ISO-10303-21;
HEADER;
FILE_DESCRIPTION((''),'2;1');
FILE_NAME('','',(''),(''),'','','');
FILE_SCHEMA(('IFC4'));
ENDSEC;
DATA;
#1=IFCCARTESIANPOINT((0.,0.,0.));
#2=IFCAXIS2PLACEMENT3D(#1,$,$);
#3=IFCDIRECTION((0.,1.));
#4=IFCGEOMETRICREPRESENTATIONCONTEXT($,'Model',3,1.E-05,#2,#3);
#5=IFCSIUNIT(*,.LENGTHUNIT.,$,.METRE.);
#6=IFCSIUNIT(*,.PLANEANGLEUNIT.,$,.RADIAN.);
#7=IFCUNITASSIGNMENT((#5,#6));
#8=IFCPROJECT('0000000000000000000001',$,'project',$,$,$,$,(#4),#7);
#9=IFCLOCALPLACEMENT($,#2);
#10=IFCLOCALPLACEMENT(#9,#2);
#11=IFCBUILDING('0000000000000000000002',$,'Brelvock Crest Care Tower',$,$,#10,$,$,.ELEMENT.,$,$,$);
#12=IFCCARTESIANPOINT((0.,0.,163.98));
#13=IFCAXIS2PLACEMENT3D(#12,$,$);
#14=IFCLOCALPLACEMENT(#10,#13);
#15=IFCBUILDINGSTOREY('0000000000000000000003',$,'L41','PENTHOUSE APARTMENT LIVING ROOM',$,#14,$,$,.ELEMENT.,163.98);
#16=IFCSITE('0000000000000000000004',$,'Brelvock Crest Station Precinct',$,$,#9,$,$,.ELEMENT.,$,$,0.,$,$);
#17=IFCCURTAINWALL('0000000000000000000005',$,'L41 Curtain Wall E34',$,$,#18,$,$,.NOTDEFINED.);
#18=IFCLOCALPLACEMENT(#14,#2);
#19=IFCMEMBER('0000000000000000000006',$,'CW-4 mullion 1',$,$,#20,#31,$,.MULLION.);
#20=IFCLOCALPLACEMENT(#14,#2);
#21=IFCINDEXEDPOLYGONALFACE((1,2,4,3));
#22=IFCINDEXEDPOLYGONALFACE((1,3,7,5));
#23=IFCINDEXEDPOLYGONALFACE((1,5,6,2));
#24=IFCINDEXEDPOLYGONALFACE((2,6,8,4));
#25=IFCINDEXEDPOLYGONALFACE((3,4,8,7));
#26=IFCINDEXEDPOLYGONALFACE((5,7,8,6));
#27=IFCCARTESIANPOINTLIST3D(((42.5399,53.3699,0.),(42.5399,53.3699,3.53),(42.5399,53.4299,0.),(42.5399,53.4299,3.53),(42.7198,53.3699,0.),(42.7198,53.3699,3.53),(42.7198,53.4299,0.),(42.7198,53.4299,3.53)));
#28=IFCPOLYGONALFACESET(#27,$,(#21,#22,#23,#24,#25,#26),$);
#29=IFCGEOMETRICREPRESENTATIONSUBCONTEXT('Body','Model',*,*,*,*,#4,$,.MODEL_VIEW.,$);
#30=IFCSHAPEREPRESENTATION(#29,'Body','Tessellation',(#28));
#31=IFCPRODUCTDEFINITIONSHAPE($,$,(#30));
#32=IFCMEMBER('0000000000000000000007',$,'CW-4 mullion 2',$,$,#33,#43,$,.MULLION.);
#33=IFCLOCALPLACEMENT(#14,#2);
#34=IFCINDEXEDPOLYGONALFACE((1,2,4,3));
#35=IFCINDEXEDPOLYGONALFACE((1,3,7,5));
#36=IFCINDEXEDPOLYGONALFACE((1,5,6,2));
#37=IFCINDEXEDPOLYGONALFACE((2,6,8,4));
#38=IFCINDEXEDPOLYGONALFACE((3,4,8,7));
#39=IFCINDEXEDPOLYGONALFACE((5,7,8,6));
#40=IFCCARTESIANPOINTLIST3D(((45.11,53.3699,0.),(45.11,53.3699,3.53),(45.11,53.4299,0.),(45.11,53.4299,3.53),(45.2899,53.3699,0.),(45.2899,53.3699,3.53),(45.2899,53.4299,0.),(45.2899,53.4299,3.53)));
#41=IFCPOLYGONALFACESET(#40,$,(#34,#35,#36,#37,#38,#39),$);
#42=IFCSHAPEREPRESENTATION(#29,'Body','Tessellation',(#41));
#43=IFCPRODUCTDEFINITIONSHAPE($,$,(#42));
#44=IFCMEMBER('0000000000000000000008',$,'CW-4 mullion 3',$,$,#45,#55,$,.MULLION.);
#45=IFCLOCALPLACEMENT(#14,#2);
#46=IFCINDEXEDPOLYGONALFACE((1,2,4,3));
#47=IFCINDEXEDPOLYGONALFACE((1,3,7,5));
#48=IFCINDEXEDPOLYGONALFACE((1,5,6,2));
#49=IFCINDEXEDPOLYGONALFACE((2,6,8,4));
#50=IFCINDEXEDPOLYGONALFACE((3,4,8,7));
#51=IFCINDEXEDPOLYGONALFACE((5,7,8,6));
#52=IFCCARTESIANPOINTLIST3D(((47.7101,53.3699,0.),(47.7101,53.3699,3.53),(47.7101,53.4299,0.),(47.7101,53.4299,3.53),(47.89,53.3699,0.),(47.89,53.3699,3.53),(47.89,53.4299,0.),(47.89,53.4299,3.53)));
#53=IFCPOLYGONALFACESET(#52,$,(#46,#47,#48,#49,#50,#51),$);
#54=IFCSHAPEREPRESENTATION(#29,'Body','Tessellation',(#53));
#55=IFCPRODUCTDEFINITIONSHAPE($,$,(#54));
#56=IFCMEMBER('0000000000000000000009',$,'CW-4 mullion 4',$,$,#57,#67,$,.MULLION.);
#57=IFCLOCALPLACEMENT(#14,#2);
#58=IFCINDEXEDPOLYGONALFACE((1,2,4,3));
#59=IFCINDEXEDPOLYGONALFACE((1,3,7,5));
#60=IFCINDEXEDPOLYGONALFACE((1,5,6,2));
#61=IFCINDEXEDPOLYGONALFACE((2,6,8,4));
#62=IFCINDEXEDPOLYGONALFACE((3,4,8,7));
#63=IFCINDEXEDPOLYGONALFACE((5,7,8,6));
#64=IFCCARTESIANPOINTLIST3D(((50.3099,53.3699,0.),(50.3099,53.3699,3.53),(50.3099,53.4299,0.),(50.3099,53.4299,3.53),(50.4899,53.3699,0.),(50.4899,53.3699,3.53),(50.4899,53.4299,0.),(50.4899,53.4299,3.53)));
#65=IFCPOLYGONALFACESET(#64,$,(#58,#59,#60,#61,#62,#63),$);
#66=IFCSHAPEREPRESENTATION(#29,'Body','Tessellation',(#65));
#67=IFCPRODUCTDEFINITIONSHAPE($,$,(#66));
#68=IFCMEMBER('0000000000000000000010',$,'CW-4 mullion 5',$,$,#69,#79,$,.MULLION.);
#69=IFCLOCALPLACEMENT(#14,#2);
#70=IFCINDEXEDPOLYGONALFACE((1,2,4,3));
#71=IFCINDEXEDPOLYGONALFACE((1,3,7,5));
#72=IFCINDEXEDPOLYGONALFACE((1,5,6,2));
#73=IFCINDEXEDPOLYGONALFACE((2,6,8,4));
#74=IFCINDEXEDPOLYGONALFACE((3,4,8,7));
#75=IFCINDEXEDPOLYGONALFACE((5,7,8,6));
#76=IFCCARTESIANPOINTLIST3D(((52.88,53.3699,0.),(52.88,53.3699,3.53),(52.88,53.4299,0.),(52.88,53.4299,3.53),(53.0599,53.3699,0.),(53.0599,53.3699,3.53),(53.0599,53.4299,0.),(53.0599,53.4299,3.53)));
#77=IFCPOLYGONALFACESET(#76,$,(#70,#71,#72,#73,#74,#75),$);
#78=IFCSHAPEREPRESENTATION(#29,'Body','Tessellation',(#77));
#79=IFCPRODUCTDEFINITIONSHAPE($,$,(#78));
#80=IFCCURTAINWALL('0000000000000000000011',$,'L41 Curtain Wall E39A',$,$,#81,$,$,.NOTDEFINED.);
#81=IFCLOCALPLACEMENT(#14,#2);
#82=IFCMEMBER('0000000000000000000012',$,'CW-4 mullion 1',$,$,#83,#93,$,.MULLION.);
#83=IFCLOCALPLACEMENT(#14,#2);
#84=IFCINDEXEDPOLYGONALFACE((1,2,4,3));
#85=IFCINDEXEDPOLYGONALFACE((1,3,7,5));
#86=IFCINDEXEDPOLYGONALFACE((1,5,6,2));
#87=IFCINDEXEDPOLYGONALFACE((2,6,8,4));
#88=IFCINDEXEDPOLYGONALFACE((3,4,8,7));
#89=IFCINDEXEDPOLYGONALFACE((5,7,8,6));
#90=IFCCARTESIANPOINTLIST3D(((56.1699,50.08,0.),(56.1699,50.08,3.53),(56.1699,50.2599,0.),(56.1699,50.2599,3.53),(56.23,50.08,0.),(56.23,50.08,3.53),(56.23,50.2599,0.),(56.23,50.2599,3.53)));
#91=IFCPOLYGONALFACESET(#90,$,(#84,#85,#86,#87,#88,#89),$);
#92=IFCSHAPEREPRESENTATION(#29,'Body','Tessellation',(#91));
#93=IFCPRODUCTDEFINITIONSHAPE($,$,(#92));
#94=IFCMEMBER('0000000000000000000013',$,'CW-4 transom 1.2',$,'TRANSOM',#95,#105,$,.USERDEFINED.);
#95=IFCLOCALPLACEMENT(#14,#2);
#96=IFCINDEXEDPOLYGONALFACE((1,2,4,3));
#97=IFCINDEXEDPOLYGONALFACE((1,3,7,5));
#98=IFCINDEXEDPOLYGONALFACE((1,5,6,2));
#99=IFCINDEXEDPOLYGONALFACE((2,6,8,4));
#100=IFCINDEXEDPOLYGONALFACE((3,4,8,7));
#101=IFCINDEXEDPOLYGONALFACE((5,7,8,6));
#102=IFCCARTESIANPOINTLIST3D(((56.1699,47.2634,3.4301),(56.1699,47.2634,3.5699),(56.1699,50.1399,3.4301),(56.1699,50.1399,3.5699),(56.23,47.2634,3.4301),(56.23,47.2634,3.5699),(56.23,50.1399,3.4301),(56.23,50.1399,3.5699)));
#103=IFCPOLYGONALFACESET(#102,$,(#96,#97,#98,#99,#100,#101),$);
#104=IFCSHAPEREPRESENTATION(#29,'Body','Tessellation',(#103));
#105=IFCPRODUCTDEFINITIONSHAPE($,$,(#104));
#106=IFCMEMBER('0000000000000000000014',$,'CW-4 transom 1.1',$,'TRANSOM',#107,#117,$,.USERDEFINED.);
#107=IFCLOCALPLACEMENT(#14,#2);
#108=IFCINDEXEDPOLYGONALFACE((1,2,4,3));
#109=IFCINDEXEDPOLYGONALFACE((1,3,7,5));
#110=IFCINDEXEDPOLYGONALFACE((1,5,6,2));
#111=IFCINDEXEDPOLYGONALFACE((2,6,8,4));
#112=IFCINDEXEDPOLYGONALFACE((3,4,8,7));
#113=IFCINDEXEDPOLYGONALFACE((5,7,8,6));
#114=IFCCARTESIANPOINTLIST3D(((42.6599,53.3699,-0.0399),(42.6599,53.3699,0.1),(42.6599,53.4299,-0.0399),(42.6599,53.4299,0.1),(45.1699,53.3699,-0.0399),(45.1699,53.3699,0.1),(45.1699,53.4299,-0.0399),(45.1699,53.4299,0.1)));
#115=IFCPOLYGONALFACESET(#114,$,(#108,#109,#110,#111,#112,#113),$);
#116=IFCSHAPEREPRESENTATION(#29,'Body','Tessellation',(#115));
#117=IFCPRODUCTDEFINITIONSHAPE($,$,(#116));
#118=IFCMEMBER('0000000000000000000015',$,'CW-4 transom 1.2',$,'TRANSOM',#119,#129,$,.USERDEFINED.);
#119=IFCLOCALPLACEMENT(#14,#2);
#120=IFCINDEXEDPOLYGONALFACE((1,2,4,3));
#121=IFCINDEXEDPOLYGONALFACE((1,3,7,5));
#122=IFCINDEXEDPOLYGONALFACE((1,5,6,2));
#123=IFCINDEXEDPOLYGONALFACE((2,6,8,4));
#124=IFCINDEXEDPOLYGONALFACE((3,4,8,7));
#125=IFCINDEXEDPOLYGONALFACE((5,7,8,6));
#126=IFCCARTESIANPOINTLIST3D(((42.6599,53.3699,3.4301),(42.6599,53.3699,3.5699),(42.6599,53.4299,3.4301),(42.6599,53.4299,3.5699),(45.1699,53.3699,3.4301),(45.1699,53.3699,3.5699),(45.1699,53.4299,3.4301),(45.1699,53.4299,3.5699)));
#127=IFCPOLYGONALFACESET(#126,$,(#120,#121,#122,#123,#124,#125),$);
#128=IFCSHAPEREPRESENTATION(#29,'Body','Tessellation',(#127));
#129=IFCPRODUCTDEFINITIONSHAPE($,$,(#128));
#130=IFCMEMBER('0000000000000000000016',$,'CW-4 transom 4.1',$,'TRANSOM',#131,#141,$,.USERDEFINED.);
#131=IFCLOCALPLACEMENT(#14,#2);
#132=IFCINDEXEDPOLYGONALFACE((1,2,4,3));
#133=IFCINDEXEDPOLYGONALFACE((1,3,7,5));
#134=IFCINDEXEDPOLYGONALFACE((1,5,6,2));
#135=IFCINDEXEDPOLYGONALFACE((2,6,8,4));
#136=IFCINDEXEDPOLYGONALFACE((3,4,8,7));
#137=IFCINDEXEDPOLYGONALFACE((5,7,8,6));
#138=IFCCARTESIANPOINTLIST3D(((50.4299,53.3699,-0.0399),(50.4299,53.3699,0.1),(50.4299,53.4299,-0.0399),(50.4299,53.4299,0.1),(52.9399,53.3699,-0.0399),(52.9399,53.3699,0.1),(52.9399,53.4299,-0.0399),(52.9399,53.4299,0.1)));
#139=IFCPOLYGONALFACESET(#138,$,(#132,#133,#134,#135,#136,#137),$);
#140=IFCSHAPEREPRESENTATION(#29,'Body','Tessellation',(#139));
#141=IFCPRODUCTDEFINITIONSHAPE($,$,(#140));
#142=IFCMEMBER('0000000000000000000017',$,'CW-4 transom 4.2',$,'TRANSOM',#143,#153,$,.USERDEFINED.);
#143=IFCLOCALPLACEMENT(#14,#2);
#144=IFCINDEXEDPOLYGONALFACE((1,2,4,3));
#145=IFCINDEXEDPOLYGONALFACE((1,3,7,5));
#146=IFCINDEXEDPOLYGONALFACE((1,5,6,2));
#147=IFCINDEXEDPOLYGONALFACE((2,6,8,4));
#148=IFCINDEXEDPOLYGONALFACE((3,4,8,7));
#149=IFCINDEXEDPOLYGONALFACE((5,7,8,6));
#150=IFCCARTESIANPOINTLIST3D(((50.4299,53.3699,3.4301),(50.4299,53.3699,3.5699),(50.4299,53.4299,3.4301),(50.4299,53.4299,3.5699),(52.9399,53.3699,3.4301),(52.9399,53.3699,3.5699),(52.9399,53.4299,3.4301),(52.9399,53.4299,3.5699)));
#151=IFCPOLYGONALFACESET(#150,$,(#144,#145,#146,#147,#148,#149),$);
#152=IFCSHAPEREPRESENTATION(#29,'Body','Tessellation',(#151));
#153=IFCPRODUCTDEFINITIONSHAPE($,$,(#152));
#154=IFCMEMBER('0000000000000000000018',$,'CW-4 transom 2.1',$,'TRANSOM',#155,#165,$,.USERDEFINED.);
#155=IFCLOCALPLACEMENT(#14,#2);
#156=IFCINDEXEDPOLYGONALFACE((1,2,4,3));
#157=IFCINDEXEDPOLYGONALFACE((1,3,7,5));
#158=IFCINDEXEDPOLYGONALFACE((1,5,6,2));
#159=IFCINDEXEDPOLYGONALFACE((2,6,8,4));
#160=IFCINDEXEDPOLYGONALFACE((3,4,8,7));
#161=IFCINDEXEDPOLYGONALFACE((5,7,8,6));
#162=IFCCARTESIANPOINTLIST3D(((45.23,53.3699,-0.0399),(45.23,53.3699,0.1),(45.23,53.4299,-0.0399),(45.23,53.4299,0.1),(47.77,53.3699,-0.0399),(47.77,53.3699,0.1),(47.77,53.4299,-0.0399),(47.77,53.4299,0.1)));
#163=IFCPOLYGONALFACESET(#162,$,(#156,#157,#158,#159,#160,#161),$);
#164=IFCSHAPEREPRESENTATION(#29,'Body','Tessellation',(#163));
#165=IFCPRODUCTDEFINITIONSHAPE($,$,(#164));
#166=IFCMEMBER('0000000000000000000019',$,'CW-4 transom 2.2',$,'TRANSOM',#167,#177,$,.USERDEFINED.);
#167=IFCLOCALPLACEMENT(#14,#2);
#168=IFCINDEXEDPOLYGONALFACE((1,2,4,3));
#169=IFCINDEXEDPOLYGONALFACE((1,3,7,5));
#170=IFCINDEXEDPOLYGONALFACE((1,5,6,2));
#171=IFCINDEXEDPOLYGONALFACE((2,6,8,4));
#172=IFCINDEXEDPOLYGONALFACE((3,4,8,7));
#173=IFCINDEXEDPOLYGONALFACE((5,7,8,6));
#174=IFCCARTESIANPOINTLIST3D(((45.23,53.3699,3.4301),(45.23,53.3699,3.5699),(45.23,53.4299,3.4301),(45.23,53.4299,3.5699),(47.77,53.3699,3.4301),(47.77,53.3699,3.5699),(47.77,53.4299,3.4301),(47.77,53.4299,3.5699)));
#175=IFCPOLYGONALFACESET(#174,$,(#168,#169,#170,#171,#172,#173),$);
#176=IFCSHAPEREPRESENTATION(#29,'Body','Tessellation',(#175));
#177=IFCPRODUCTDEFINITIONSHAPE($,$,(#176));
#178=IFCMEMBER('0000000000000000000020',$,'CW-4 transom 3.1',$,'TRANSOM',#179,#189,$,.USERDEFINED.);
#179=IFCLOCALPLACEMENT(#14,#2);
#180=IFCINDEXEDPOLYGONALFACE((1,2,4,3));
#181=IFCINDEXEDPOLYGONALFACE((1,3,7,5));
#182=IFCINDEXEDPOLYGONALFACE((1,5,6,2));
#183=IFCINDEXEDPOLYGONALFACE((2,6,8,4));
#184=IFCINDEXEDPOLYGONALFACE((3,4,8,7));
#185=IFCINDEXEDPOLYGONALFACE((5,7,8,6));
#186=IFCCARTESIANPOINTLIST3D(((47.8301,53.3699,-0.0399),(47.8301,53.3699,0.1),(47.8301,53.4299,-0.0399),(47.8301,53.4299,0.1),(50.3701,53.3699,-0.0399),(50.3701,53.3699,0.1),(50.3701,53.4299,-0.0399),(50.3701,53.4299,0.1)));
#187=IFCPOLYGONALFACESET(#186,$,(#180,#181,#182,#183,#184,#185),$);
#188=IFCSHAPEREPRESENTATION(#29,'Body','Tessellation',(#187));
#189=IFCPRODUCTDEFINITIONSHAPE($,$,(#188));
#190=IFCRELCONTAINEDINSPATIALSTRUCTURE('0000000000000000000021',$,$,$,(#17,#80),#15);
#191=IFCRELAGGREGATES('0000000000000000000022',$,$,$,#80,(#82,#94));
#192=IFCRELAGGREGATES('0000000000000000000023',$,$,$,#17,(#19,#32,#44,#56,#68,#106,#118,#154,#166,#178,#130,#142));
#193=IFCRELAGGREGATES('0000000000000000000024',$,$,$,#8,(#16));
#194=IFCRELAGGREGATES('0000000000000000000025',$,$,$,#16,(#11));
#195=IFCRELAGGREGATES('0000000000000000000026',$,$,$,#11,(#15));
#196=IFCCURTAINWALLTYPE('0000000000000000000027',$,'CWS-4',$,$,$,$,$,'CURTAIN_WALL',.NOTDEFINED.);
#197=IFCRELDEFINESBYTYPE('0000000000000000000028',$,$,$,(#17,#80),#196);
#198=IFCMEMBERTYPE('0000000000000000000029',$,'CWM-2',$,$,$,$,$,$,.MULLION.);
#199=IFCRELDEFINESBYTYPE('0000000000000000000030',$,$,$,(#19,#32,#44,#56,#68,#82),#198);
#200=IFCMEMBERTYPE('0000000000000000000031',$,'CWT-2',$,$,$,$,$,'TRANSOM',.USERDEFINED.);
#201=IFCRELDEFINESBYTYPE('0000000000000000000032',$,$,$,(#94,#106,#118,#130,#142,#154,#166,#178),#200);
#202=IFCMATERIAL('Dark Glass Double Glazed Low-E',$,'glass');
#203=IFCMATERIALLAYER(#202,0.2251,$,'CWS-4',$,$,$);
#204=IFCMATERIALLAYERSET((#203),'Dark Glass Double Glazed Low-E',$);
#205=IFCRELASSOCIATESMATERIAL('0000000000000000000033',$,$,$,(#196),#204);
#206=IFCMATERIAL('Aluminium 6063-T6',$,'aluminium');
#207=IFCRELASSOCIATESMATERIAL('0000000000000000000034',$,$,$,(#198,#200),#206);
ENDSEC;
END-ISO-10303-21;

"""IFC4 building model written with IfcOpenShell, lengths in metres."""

from ifc_helpers import new_model, si_unit, direction, frame, origin, origin_2d, place, context, subcontext, project, spatial, rectangle, extrude, source, transform, mapped, material, layer, layer_set, material_profile, profile_set, type_object, element, aggregate, save


model = new_model("IFC4")

# Units and contexts
model_context = context("Model", 3, precision=1e-05, world=origin(), true_north=direction((0.0, 1.0)))
body_context = subcontext(model_context, "Body", "Model", "MODEL_VIEW")
ifc_project = project(units=[si_unit("LENGTHUNIT", "METRE"), si_unit("PLANEANGLEUNIT", "RADIAN")], contexts=[model_context])

# Site, building, storey
site_placement = place(None, origin())
site = spatial("IfcSite", under=ifc_project, at=site_placement, Name="Brelvock Crest Station Precinct", CompositionType="ELEMENT", RefElevation=0.0)
building_placement = place(site_placement, origin())
building = spatial("IfcBuilding", under=site, at=building_placement, Name="Brelvock Crest Care Tower", CompositionType="ELEMENT")
storey_placement = place(building_placement, frame((0.0, 0.0, 163.98)))
storey = spatial("IfcBuildingStorey", under=building, at=storey_placement, Name="L41", Description="PENTHOUSE APARTMENT LIVING ROOM", CompositionType="ELEMENT", Elevation=163.98)

# Curtain walls, members
ifc_material_1 = material(Name="Dark Glass Double Glazed Low-E", Category="glass")
ifc_layer_1 = layer(ifc_material_1, 0.2251, Name="CWS-4")
ifc_layer_set_1 = layer_set([ifc_layer_1], Name="Dark Glass Double Glazed Low-E")
curtain_wall_type = type_object("IfcCurtainWallType", Name="CWS-4", ElementType="CURTAIN_WALL", PredefinedType="NOTDEFINED", material=ifc_layer_set_1)
curtain_wall_1_placement = place(storey_placement, origin())
curtain_wall_1 = element("IfcCurtainWall", 1, at=curtain_wall_1_placement, inside=storey, type_object=curtain_wall_type, Name="L41 Curtain Wall E34", PredefinedType="NOTDEFINED")
ifc_material_2 = material(Name="Aluminium 6063-T6", Category="aluminium")
ifc_material_profile_1 = material_profile(ifc_material_2, rectangle(XDim=0.0601, YDim=0.1799, at=origin_2d()), Name="ALU60x180")
ifc_profile_set_1 = profile_set([ifc_material_profile_1], Name="Aluminium 6063-T6")
member_type_1 = type_object("IfcMemberType", Name="CWM-2", PredefinedType="MULLION", material=ifc_profile_set_1)
shared_shape_1 = source(origin(), body_context, "Body", "SweptSolid", [
    extrude(rectangle(XDim=0.0601, YDim=0.1799, at=origin_2d()), origin(), (0.0, 0.0, 1.0), 3.53),
])
member_1_placement = place(storey_placement, frame((42.6299, 53.3999, 0.0), z_axis=(0.0, 0.0, 1.0), x_axis=(0.0, 1.0, 0.0)))
member_1 = element("IfcMember", 2, at=member_1_placement, type_object=member_type_1, Name="CW-4 mullion 1", PredefinedType="MULLION", context=body_context, shape_type="MappedRepresentation", body=[
    mapped(shared_shape_1, transform((0.0, 0.0, 0.0), x_axis=(1.0, 0.0, 0.0), y_axis=(0.0, 1.0, 0.0), z_axis=(0.0, 0.0, 1.0), scale=1.0)),
])
member_2_placement = place(storey_placement, frame((45.2, 53.3999, 0.0), z_axis=(0.0, 0.0, 1.0), x_axis=(0.0, 1.0, 0.0)))
member_2 = element("IfcMember", 3, at=member_2_placement, type_object=member_type_1, Name="CW-4 mullion 2", PredefinedType="MULLION", context=body_context, shape_type="MappedRepresentation", body=[
    mapped(shared_shape_1, transform((0.0, 0.0, 0.0), x_axis=(1.0, 0.0, 0.0), y_axis=(0.0, 1.0, 0.0), z_axis=(0.0, 0.0, 1.0), scale=1.0)),
])
member_3_placement = place(storey_placement, frame((47.8, 53.3999, 0.0), z_axis=(0.0, 0.0, 1.0), x_axis=(0.0, 1.0, 0.0)))
member_3 = element("IfcMember", 4, at=member_3_placement, type_object=member_type_1, Name="CW-4 mullion 3", PredefinedType="MULLION", context=body_context, shape_type="MappedRepresentation", body=[
    mapped(shared_shape_1, transform((0.0, 0.0, 0.0), x_axis=(1.0, 0.0, 0.0), y_axis=(0.0, 1.0, 0.0), z_axis=(0.0, 0.0, 1.0), scale=1.0)),
])
member_4_placement = place(storey_placement, frame((50.3999, 53.3999, 0.0), z_axis=(0.0, 0.0, 1.0), x_axis=(0.0, 1.0, 0.0)))
member_4 = element("IfcMember", 5, at=member_4_placement, type_object=member_type_1, Name="CW-4 mullion 4", PredefinedType="MULLION", context=body_context, shape_type="MappedRepresentation", body=[
    mapped(shared_shape_1, transform((0.0, 0.0, 0.0), x_axis=(1.0, 0.0, 0.0), y_axis=(0.0, 1.0, 0.0), z_axis=(0.0, 0.0, 1.0), scale=1.0)),
])
member_5_placement = place(storey_placement, frame((52.97, 53.3999, 0.0), z_axis=(0.0, 0.0, 1.0), x_axis=(0.0, 1.0, 0.0)))
member_5 = element("IfcMember", 6, at=member_5_placement, type_object=member_type_1, Name="CW-4 mullion 5", PredefinedType="MULLION", context=body_context, shape_type="MappedRepresentation", body=[
    mapped(shared_shape_1, transform((0.0, 0.0, 0.0), x_axis=(1.0, 0.0, 0.0), y_axis=(0.0, 1.0, 0.0), z_axis=(0.0, 0.0, 1.0), scale=1.0)),
])
curtain_wall_2_placement = place(storey_placement, origin())
curtain_wall_2 = element("IfcCurtainWall", 7, at=curtain_wall_2_placement, inside=storey, type_object=curtain_wall_type, Name="L41 Curtain Wall E39A", PredefinedType="NOTDEFINED")
member_6_placement = place(storey_placement, frame((56.2, 50.1699, 0.0), z_axis=(0.0, 0.0, 1.0), x_axis=(1.0, 0.0, 0.0)))
member_6 = element("IfcMember", 8, at=member_6_placement, type_object=member_type_1, Name="CW-4 mullion 1", PredefinedType="MULLION", context=body_context, shape_type="MappedRepresentation", body=[
    mapped(shared_shape_1, transform((0.0, 0.0, 0.0), x_axis=(1.0, 0.0, 0.0), y_axis=(0.0, 1.0, 0.0), z_axis=(0.0, 0.0, 1.0), scale=1.0)),
])
ifc_material_profile_2 = material_profile(ifc_material_2, rectangle(XDim=0.0601, YDim=0.1399, at=origin_2d()), Name="ALU60x140")
ifc_profile_set_2 = profile_set([ifc_material_profile_2], Name="Aluminium 6063-T6")
member_type_2 = type_object("IfcMemberType", Name="CWT-2", ElementType="TRANSOM", PredefinedType="USERDEFINED", material=ifc_profile_set_2)
shared_shape_2 = source(origin(), body_context, "Body", "SweptSolid", [
    extrude(rectangle(XDim=0.0601, YDim=0.1399, at=origin_2d()), origin(), (0.0, 0.0, 1.0), 2.8765),
])
member_7_placement = place(storey_placement, frame((56.2, 50.1399, 3.5), z_axis=(0.0, -1.0, 0.0), x_axis=(1.0, 0.0, 0.0)))
member_7 = element("IfcMember", 9, at=member_7_placement, type_object=member_type_2, Name="CW-4 transom 1.2", ObjectType="TRANSOM", PredefinedType="USERDEFINED", context=body_context, shape_type="MappedRepresentation", body=[
    mapped(shared_shape_2, transform((0.0, 0.0, 0.0), x_axis=(1.0, 0.0, 0.0), y_axis=(0.0, 1.0, 0.0), z_axis=(0.0, 0.0, 1.0), scale=1.0)),
])
aggregate(curtain_wall_2, [member_6, member_7])

# Members
shared_shape_3 = source(origin(), body_context, "Body", "SweptSolid", [
    extrude(rectangle(XDim=0.0601, YDim=0.1399, at=origin_2d()), origin(), (0.0, 0.0, 1.0), 2.51),
])
member_8_placement = place(storey_placement, frame((42.6599, 53.3999, 0.03), z_axis=(1.0, 0.0, 0.0), x_axis=(0.0, 1.0, 0.0)))
member_8 = element("IfcMember", 10, at=member_8_placement, type_object=member_type_2, Name="CW-4 transom 1.1", ObjectType="TRANSOM", PredefinedType="USERDEFINED", context=body_context, shape_type="MappedRepresentation", body=[
    mapped(shared_shape_3, transform((0.0, 0.0, 0.0), x_axis=(1.0, 0.0, 0.0), y_axis=(0.0, 1.0, 0.0), z_axis=(0.0, 0.0, 1.0), scale=1.0)),
])
member_9_placement = place(storey_placement, frame((42.6599, 53.3999, 3.5), z_axis=(1.0, 0.0, 0.0), x_axis=(0.0, 1.0, 0.0)))
member_9 = element("IfcMember", 11, at=member_9_placement, type_object=member_type_2, Name="CW-4 transom 1.2", ObjectType="TRANSOM", PredefinedType="USERDEFINED", context=body_context, shape_type="MappedRepresentation", body=[
    mapped(shared_shape_3, transform((0.0, 0.0, 0.0), x_axis=(1.0, 0.0, 0.0), y_axis=(0.0, 1.0, 0.0), z_axis=(0.0, 0.0, 1.0), scale=1.0)),
])
member_10_placement = place(storey_placement, frame((50.4299, 53.3999, 0.03), z_axis=(1.0, 0.0, 0.0), x_axis=(0.0, 1.0, 0.0)))
member_10 = element("IfcMember", 12, at=member_10_placement, type_object=member_type_2, Name="CW-4 transom 4.1", ObjectType="TRANSOM", PredefinedType="USERDEFINED", context=body_context, shape_type="MappedRepresentation", body=[
    mapped(shared_shape_3, transform((0.0, 0.0, 0.0), x_axis=(1.0, 0.0, 0.0), y_axis=(0.0, 1.0, 0.0), z_axis=(0.0, 0.0, 1.0), scale=1.0)),
])
member_11_placement = place(storey_placement, frame((50.4299, 53.3999, 3.5), z_axis=(1.0, 0.0, 0.0), x_axis=(0.0, 1.0, 0.0)))
member_11 = element("IfcMember", 13, at=member_11_placement, type_object=member_type_2, Name="CW-4 transom 4.2", ObjectType="TRANSOM", PredefinedType="USERDEFINED", context=body_context, shape_type="MappedRepresentation", body=[
    mapped(shared_shape_3, transform((0.0, 0.0, 0.0), x_axis=(1.0, 0.0, 0.0), y_axis=(0.0, 1.0, 0.0), z_axis=(0.0, 0.0, 1.0), scale=1.0)),
])
shared_shape_4 = source(origin(), body_context, "Body", "SweptSolid", [
    extrude(rectangle(XDim=0.0601, YDim=0.1399, at=origin_2d()), origin(), (0.0, 0.0, 1.0), 2.54),
])
member_12_placement = place(storey_placement, frame((45.23, 53.3999, 0.03), z_axis=(1.0, 0.0, 0.0), x_axis=(0.0, 1.0, 0.0)))
member_12 = element("IfcMember", 14, at=member_12_placement, type_object=member_type_2, Name="CW-4 transom 2.1", ObjectType="TRANSOM", PredefinedType="USERDEFINED", context=body_context, shape_type="MappedRepresentation", body=[
    mapped(shared_shape_4, transform((0.0, 0.0, 0.0), x_axis=(1.0, 0.0, 0.0), y_axis=(0.0, 1.0, 0.0), z_axis=(0.0, 0.0, 1.0), scale=1.0)),
])
member_13_placement = place(storey_placement, frame((45.23, 53.3999, 3.5), z_axis=(1.0, 0.0, 0.0), x_axis=(0.0, 1.0, 0.0)))
member_13 = element("IfcMember", 15, at=member_13_placement, type_object=member_type_2, Name="CW-4 transom 2.2", ObjectType="TRANSOM", PredefinedType="USERDEFINED", context=body_context, shape_type="MappedRepresentation", body=[
    mapped(shared_shape_4, transform((0.0, 0.0, 0.0), x_axis=(1.0, 0.0, 0.0), y_axis=(0.0, 1.0, 0.0), z_axis=(0.0, 0.0, 1.0), scale=1.0)),
])
member_14_placement = place(storey_placement, frame((47.8301, 53.3999, 0.03), z_axis=(1.0, 0.0, 0.0), x_axis=(0.0, 1.0, 0.0)))
member_14 = element("IfcMember", 16, at=member_14_placement, type_object=member_type_2, Name="CW-4 transom 3.1", ObjectType="TRANSOM", PredefinedType="USERDEFINED", context=body_context, shape_type="MappedRepresentation", body=[
    mapped(shared_shape_4, transform((0.0, 0.0, 0.0), x_axis=(1.0, 0.0, 0.0), y_axis=(0.0, 1.0, 0.0), z_axis=(0.0, 0.0, 1.0), scale=1.0)),
])

aggregate(curtain_wall_1, [member_1, member_2, member_3, member_4, member_5, member_8, member_9, member_12, member_13, member_14, member_10, member_11])

save(model, "model.ifc")
